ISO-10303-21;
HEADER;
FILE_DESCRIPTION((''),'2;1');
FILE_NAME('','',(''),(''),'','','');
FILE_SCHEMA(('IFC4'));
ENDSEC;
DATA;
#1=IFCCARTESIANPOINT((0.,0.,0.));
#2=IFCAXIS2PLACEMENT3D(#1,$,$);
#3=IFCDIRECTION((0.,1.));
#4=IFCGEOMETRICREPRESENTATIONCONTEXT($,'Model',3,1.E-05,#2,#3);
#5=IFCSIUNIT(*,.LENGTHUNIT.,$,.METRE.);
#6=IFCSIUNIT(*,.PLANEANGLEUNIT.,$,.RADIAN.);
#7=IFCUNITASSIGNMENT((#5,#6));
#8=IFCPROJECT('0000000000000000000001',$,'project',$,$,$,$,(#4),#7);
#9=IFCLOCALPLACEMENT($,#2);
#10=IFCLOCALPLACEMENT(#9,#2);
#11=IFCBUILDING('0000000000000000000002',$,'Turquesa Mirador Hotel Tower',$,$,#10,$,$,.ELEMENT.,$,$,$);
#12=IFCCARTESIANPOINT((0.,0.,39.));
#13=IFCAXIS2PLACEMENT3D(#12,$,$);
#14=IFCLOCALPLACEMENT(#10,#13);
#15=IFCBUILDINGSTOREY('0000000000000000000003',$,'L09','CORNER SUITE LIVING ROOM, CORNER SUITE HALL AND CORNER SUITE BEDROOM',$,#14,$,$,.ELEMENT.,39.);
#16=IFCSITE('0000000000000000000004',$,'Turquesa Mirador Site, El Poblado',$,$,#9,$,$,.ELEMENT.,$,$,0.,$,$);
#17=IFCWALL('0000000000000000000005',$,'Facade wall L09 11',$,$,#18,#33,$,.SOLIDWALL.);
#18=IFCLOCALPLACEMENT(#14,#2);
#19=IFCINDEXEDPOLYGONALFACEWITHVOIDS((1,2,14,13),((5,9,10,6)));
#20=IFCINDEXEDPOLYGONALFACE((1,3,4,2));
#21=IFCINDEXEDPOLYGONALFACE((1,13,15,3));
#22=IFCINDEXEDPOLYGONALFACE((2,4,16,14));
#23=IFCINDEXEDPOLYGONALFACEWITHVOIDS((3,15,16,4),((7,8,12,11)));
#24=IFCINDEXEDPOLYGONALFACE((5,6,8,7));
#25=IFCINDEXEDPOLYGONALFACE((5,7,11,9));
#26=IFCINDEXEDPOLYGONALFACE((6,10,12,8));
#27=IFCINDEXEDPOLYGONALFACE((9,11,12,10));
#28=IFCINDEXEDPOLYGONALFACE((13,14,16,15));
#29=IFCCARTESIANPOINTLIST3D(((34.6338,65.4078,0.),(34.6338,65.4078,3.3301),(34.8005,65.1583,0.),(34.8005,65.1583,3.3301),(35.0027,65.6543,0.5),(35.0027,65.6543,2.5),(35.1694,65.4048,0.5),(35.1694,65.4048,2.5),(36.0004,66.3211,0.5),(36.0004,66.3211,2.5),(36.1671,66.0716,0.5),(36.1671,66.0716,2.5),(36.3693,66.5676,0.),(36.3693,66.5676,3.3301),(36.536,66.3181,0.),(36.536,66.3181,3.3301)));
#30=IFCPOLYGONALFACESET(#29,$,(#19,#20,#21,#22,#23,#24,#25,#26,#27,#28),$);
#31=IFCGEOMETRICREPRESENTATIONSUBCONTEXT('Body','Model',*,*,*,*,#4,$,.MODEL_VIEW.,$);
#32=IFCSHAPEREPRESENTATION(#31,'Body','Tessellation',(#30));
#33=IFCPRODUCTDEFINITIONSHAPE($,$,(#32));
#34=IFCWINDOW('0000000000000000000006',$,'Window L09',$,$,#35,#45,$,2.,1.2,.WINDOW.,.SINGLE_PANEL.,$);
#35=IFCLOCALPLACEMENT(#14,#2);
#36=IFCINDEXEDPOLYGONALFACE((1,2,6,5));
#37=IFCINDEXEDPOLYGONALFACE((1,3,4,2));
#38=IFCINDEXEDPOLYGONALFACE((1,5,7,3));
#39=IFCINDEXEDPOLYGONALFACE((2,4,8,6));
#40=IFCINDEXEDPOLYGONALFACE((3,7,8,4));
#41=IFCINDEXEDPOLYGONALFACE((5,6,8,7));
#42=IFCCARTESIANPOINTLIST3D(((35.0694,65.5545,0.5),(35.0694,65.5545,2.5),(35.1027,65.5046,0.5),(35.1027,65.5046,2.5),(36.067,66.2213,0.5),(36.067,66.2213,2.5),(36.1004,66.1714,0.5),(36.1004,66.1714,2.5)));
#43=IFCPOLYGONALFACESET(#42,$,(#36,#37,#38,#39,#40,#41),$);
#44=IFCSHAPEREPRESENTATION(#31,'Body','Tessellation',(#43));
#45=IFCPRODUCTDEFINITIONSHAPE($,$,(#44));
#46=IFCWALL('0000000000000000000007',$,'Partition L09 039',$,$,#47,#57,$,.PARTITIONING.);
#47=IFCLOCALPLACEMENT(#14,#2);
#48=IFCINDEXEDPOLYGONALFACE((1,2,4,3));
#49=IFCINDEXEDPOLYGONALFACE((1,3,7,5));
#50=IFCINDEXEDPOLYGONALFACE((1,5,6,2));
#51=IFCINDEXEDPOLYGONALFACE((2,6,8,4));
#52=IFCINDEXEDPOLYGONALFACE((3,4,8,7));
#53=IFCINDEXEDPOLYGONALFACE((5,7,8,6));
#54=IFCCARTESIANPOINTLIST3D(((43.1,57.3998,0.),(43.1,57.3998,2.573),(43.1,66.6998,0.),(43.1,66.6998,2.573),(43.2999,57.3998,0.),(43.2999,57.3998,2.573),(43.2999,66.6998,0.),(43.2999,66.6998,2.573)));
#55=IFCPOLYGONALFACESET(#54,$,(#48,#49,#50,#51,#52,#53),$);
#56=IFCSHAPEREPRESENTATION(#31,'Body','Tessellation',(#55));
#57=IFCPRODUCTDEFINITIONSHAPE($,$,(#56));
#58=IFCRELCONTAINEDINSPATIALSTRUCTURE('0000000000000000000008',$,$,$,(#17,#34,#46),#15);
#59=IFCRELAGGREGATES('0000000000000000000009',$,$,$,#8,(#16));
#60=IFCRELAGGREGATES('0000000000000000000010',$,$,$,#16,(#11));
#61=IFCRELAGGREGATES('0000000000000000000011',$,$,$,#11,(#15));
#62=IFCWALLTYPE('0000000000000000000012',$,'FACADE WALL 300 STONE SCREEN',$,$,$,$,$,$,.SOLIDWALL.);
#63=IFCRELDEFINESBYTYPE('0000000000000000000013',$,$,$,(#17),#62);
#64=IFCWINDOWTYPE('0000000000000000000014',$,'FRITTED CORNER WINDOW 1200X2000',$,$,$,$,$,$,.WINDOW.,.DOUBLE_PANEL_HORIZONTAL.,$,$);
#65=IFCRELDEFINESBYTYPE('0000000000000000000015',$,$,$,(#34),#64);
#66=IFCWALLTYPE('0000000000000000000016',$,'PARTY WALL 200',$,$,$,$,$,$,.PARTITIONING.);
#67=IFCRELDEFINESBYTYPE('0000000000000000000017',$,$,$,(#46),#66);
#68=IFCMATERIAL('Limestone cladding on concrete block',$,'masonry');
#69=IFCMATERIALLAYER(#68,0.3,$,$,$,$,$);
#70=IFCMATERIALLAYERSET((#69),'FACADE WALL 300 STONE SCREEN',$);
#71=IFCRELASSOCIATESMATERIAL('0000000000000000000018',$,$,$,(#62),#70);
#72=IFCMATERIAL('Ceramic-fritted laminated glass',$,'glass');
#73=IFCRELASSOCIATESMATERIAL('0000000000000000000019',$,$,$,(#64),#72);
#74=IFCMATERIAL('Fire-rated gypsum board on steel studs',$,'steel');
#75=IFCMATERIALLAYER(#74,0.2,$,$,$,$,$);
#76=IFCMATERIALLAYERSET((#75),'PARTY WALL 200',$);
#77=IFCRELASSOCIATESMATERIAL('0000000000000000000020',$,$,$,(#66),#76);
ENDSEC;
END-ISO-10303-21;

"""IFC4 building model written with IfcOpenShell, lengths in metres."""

from ifc_helpers import new_model, si_unit, direction, frame, frame_2d, origin, place, context, subcontext, project, spatial, rectangle, extrude, material, layer, layer_set, type_object, element, fill, save


model = new_model("IFC4")

# Units and contexts
model_context = context("Model", 3, precision=1e-05, world=origin(), true_north=direction((0.0, 1.0)))
body_context = subcontext(model_context, "Body", "Model", "MODEL_VIEW")
ifc_project = project(units=[si_unit("LENGTHUNIT", "METRE"), si_unit("PLANEANGLEUNIT", "RADIAN")], contexts=[model_context])

# Site, building, storey
site_placement = place(None, origin())
site = spatial("IfcSite", under=ifc_project, at=site_placement, Name="Turquesa Mirador Site, El Poblado", CompositionType="ELEMENT", RefElevation=0.0)
building_placement = place(site_placement, origin())
building = spatial("IfcBuilding", under=site, at=building_placement, Name="Turquesa Mirador Hotel Tower", CompositionType="ELEMENT")
storey_placement = place(building_placement, frame((0.0, 0.0, 39.0)))
storey = spatial("IfcBuildingStorey", under=building, at=storey_placement, Name="L09", Description="CORNER SUITE LIVING ROOM, CORNER SUITE HALL AND CORNER SUITE BEDROOM", CompositionType="ELEMENT", Elevation=39.0)

# Wall, opening, window
ifc_material_1 = material(Name="Limestone cladding on concrete block", Category="masonry")
ifc_layer_1 = layer(ifc_material_1, 0.3)
ifc_layer_set_1 = layer_set([ifc_layer_1], Name="FACADE WALL 300 STONE SCREEN")
wall_type_1 = type_object("IfcWallType", Name="FACADE WALL 300 STONE SCREEN", PredefinedType="SOLIDWALL", material=ifc_layer_set_1)
ifc_material_2 = material(Name="Ceramic-fritted laminated glass", Category="glass")
window_type = type_object("IfcWindowType", Name="FRITTED CORNER WINDOW 1200X2000", PartitioningType="DOUBLE_PANEL_HORIZONTAL", PredefinedType="WINDOW", material=ifc_material_2)
wall_1_placement = place(storey_placement, frame((36.4526, 66.4429, 0.0), z_axis=(0.0, 0.0, 1.0), x_axis=(-0.83142, -0.555644, 0.0)))
wall_1 = element("IfcWall", 1, at=wall_1_placement, inside=storey, type_object=wall_type_1, Name="Facade wall L09 11", PredefinedType="SOLIDWALL", context=body_context, shape_type="SweptSolid", body=[
    extrude(rectangle(XDim=2.0874, YDim=0.3, at=frame_2d((1.0437, 0.0))), origin(), (0.0, 0.0, 1.0), 3.3301),
])
opening_1_placement = place(wall_1_placement, frame((0.4436, 0.0, 0.5)))
opening_1 = element("IfcOpeningElement", 2, at=opening_1_placement, cuts=wall_1, PredefinedType="OPENING", context=body_context, shape_type="SweptSolid", body=[
    extrude(rectangle(XDim=1.2, YDim=2.0, at=frame_2d((0.6001, 1.0))), frame((0.0, 0.1599, 0.0), z_axis=(0.0, -1.0, 0.0), x_axis=(1.0, 0.0, 0.0)), (0.0, 0.0, 1.0), 0.3201),
])
window_1_placement = place(opening_1_placement, origin())
window_1 = element("IfcWindow", 3, at=window_1_placement, inside=storey, type_object=window_type, Name="Window L09", OverallHeight=2.0, OverallWidth=1.2, PartitioningType="SINGLE_PANEL", PredefinedType="WINDOW", context=body_context, shape_type="SweptSolid", body=[
    extrude(rectangle(XDim=1.2, YDim=2.0, at=frame_2d((0.6001, 1.0))), frame((0.0, 0.03, 0.0), z_axis=(0.0, -1.0, 0.0), x_axis=(1.0, 0.0, 0.0)), (0.0, 0.0, 1.0), 0.0601),
])
fill(opening_1, window_1)

# Wall
ifc_material_3 = material(Name="Fire-rated gypsum board on steel studs", Category="steel")
ifc_layer_2 = layer(ifc_material_3, 0.2)
ifc_layer_set_2 = layer_set([ifc_layer_2], Name="PARTY WALL 200")
wall_type_2 = type_object("IfcWallType", Name="PARTY WALL 200", PredefinedType="PARTITIONING", material=ifc_layer_set_2)
wall_2_placement = place(storey_placement, frame((43.2, 57.3999, 0.0), z_axis=(0.0, 0.0, 1.0), x_axis=(0.0, 1.0, 0.0)))
element("IfcWall", 4, at=wall_2_placement, inside=storey, type_object=wall_type_2, Name="Partition L09 039", PredefinedType="PARTITIONING", context=body_context, shape_type="SweptSolid", body=[
    extrude(rectangle(XDim=9.3, YDim=0.2, at=frame_2d((4.6499, 0.0))), origin(), (0.0, 0.0, 1.0), 2.573),
])

save(model, "model.ifc")
